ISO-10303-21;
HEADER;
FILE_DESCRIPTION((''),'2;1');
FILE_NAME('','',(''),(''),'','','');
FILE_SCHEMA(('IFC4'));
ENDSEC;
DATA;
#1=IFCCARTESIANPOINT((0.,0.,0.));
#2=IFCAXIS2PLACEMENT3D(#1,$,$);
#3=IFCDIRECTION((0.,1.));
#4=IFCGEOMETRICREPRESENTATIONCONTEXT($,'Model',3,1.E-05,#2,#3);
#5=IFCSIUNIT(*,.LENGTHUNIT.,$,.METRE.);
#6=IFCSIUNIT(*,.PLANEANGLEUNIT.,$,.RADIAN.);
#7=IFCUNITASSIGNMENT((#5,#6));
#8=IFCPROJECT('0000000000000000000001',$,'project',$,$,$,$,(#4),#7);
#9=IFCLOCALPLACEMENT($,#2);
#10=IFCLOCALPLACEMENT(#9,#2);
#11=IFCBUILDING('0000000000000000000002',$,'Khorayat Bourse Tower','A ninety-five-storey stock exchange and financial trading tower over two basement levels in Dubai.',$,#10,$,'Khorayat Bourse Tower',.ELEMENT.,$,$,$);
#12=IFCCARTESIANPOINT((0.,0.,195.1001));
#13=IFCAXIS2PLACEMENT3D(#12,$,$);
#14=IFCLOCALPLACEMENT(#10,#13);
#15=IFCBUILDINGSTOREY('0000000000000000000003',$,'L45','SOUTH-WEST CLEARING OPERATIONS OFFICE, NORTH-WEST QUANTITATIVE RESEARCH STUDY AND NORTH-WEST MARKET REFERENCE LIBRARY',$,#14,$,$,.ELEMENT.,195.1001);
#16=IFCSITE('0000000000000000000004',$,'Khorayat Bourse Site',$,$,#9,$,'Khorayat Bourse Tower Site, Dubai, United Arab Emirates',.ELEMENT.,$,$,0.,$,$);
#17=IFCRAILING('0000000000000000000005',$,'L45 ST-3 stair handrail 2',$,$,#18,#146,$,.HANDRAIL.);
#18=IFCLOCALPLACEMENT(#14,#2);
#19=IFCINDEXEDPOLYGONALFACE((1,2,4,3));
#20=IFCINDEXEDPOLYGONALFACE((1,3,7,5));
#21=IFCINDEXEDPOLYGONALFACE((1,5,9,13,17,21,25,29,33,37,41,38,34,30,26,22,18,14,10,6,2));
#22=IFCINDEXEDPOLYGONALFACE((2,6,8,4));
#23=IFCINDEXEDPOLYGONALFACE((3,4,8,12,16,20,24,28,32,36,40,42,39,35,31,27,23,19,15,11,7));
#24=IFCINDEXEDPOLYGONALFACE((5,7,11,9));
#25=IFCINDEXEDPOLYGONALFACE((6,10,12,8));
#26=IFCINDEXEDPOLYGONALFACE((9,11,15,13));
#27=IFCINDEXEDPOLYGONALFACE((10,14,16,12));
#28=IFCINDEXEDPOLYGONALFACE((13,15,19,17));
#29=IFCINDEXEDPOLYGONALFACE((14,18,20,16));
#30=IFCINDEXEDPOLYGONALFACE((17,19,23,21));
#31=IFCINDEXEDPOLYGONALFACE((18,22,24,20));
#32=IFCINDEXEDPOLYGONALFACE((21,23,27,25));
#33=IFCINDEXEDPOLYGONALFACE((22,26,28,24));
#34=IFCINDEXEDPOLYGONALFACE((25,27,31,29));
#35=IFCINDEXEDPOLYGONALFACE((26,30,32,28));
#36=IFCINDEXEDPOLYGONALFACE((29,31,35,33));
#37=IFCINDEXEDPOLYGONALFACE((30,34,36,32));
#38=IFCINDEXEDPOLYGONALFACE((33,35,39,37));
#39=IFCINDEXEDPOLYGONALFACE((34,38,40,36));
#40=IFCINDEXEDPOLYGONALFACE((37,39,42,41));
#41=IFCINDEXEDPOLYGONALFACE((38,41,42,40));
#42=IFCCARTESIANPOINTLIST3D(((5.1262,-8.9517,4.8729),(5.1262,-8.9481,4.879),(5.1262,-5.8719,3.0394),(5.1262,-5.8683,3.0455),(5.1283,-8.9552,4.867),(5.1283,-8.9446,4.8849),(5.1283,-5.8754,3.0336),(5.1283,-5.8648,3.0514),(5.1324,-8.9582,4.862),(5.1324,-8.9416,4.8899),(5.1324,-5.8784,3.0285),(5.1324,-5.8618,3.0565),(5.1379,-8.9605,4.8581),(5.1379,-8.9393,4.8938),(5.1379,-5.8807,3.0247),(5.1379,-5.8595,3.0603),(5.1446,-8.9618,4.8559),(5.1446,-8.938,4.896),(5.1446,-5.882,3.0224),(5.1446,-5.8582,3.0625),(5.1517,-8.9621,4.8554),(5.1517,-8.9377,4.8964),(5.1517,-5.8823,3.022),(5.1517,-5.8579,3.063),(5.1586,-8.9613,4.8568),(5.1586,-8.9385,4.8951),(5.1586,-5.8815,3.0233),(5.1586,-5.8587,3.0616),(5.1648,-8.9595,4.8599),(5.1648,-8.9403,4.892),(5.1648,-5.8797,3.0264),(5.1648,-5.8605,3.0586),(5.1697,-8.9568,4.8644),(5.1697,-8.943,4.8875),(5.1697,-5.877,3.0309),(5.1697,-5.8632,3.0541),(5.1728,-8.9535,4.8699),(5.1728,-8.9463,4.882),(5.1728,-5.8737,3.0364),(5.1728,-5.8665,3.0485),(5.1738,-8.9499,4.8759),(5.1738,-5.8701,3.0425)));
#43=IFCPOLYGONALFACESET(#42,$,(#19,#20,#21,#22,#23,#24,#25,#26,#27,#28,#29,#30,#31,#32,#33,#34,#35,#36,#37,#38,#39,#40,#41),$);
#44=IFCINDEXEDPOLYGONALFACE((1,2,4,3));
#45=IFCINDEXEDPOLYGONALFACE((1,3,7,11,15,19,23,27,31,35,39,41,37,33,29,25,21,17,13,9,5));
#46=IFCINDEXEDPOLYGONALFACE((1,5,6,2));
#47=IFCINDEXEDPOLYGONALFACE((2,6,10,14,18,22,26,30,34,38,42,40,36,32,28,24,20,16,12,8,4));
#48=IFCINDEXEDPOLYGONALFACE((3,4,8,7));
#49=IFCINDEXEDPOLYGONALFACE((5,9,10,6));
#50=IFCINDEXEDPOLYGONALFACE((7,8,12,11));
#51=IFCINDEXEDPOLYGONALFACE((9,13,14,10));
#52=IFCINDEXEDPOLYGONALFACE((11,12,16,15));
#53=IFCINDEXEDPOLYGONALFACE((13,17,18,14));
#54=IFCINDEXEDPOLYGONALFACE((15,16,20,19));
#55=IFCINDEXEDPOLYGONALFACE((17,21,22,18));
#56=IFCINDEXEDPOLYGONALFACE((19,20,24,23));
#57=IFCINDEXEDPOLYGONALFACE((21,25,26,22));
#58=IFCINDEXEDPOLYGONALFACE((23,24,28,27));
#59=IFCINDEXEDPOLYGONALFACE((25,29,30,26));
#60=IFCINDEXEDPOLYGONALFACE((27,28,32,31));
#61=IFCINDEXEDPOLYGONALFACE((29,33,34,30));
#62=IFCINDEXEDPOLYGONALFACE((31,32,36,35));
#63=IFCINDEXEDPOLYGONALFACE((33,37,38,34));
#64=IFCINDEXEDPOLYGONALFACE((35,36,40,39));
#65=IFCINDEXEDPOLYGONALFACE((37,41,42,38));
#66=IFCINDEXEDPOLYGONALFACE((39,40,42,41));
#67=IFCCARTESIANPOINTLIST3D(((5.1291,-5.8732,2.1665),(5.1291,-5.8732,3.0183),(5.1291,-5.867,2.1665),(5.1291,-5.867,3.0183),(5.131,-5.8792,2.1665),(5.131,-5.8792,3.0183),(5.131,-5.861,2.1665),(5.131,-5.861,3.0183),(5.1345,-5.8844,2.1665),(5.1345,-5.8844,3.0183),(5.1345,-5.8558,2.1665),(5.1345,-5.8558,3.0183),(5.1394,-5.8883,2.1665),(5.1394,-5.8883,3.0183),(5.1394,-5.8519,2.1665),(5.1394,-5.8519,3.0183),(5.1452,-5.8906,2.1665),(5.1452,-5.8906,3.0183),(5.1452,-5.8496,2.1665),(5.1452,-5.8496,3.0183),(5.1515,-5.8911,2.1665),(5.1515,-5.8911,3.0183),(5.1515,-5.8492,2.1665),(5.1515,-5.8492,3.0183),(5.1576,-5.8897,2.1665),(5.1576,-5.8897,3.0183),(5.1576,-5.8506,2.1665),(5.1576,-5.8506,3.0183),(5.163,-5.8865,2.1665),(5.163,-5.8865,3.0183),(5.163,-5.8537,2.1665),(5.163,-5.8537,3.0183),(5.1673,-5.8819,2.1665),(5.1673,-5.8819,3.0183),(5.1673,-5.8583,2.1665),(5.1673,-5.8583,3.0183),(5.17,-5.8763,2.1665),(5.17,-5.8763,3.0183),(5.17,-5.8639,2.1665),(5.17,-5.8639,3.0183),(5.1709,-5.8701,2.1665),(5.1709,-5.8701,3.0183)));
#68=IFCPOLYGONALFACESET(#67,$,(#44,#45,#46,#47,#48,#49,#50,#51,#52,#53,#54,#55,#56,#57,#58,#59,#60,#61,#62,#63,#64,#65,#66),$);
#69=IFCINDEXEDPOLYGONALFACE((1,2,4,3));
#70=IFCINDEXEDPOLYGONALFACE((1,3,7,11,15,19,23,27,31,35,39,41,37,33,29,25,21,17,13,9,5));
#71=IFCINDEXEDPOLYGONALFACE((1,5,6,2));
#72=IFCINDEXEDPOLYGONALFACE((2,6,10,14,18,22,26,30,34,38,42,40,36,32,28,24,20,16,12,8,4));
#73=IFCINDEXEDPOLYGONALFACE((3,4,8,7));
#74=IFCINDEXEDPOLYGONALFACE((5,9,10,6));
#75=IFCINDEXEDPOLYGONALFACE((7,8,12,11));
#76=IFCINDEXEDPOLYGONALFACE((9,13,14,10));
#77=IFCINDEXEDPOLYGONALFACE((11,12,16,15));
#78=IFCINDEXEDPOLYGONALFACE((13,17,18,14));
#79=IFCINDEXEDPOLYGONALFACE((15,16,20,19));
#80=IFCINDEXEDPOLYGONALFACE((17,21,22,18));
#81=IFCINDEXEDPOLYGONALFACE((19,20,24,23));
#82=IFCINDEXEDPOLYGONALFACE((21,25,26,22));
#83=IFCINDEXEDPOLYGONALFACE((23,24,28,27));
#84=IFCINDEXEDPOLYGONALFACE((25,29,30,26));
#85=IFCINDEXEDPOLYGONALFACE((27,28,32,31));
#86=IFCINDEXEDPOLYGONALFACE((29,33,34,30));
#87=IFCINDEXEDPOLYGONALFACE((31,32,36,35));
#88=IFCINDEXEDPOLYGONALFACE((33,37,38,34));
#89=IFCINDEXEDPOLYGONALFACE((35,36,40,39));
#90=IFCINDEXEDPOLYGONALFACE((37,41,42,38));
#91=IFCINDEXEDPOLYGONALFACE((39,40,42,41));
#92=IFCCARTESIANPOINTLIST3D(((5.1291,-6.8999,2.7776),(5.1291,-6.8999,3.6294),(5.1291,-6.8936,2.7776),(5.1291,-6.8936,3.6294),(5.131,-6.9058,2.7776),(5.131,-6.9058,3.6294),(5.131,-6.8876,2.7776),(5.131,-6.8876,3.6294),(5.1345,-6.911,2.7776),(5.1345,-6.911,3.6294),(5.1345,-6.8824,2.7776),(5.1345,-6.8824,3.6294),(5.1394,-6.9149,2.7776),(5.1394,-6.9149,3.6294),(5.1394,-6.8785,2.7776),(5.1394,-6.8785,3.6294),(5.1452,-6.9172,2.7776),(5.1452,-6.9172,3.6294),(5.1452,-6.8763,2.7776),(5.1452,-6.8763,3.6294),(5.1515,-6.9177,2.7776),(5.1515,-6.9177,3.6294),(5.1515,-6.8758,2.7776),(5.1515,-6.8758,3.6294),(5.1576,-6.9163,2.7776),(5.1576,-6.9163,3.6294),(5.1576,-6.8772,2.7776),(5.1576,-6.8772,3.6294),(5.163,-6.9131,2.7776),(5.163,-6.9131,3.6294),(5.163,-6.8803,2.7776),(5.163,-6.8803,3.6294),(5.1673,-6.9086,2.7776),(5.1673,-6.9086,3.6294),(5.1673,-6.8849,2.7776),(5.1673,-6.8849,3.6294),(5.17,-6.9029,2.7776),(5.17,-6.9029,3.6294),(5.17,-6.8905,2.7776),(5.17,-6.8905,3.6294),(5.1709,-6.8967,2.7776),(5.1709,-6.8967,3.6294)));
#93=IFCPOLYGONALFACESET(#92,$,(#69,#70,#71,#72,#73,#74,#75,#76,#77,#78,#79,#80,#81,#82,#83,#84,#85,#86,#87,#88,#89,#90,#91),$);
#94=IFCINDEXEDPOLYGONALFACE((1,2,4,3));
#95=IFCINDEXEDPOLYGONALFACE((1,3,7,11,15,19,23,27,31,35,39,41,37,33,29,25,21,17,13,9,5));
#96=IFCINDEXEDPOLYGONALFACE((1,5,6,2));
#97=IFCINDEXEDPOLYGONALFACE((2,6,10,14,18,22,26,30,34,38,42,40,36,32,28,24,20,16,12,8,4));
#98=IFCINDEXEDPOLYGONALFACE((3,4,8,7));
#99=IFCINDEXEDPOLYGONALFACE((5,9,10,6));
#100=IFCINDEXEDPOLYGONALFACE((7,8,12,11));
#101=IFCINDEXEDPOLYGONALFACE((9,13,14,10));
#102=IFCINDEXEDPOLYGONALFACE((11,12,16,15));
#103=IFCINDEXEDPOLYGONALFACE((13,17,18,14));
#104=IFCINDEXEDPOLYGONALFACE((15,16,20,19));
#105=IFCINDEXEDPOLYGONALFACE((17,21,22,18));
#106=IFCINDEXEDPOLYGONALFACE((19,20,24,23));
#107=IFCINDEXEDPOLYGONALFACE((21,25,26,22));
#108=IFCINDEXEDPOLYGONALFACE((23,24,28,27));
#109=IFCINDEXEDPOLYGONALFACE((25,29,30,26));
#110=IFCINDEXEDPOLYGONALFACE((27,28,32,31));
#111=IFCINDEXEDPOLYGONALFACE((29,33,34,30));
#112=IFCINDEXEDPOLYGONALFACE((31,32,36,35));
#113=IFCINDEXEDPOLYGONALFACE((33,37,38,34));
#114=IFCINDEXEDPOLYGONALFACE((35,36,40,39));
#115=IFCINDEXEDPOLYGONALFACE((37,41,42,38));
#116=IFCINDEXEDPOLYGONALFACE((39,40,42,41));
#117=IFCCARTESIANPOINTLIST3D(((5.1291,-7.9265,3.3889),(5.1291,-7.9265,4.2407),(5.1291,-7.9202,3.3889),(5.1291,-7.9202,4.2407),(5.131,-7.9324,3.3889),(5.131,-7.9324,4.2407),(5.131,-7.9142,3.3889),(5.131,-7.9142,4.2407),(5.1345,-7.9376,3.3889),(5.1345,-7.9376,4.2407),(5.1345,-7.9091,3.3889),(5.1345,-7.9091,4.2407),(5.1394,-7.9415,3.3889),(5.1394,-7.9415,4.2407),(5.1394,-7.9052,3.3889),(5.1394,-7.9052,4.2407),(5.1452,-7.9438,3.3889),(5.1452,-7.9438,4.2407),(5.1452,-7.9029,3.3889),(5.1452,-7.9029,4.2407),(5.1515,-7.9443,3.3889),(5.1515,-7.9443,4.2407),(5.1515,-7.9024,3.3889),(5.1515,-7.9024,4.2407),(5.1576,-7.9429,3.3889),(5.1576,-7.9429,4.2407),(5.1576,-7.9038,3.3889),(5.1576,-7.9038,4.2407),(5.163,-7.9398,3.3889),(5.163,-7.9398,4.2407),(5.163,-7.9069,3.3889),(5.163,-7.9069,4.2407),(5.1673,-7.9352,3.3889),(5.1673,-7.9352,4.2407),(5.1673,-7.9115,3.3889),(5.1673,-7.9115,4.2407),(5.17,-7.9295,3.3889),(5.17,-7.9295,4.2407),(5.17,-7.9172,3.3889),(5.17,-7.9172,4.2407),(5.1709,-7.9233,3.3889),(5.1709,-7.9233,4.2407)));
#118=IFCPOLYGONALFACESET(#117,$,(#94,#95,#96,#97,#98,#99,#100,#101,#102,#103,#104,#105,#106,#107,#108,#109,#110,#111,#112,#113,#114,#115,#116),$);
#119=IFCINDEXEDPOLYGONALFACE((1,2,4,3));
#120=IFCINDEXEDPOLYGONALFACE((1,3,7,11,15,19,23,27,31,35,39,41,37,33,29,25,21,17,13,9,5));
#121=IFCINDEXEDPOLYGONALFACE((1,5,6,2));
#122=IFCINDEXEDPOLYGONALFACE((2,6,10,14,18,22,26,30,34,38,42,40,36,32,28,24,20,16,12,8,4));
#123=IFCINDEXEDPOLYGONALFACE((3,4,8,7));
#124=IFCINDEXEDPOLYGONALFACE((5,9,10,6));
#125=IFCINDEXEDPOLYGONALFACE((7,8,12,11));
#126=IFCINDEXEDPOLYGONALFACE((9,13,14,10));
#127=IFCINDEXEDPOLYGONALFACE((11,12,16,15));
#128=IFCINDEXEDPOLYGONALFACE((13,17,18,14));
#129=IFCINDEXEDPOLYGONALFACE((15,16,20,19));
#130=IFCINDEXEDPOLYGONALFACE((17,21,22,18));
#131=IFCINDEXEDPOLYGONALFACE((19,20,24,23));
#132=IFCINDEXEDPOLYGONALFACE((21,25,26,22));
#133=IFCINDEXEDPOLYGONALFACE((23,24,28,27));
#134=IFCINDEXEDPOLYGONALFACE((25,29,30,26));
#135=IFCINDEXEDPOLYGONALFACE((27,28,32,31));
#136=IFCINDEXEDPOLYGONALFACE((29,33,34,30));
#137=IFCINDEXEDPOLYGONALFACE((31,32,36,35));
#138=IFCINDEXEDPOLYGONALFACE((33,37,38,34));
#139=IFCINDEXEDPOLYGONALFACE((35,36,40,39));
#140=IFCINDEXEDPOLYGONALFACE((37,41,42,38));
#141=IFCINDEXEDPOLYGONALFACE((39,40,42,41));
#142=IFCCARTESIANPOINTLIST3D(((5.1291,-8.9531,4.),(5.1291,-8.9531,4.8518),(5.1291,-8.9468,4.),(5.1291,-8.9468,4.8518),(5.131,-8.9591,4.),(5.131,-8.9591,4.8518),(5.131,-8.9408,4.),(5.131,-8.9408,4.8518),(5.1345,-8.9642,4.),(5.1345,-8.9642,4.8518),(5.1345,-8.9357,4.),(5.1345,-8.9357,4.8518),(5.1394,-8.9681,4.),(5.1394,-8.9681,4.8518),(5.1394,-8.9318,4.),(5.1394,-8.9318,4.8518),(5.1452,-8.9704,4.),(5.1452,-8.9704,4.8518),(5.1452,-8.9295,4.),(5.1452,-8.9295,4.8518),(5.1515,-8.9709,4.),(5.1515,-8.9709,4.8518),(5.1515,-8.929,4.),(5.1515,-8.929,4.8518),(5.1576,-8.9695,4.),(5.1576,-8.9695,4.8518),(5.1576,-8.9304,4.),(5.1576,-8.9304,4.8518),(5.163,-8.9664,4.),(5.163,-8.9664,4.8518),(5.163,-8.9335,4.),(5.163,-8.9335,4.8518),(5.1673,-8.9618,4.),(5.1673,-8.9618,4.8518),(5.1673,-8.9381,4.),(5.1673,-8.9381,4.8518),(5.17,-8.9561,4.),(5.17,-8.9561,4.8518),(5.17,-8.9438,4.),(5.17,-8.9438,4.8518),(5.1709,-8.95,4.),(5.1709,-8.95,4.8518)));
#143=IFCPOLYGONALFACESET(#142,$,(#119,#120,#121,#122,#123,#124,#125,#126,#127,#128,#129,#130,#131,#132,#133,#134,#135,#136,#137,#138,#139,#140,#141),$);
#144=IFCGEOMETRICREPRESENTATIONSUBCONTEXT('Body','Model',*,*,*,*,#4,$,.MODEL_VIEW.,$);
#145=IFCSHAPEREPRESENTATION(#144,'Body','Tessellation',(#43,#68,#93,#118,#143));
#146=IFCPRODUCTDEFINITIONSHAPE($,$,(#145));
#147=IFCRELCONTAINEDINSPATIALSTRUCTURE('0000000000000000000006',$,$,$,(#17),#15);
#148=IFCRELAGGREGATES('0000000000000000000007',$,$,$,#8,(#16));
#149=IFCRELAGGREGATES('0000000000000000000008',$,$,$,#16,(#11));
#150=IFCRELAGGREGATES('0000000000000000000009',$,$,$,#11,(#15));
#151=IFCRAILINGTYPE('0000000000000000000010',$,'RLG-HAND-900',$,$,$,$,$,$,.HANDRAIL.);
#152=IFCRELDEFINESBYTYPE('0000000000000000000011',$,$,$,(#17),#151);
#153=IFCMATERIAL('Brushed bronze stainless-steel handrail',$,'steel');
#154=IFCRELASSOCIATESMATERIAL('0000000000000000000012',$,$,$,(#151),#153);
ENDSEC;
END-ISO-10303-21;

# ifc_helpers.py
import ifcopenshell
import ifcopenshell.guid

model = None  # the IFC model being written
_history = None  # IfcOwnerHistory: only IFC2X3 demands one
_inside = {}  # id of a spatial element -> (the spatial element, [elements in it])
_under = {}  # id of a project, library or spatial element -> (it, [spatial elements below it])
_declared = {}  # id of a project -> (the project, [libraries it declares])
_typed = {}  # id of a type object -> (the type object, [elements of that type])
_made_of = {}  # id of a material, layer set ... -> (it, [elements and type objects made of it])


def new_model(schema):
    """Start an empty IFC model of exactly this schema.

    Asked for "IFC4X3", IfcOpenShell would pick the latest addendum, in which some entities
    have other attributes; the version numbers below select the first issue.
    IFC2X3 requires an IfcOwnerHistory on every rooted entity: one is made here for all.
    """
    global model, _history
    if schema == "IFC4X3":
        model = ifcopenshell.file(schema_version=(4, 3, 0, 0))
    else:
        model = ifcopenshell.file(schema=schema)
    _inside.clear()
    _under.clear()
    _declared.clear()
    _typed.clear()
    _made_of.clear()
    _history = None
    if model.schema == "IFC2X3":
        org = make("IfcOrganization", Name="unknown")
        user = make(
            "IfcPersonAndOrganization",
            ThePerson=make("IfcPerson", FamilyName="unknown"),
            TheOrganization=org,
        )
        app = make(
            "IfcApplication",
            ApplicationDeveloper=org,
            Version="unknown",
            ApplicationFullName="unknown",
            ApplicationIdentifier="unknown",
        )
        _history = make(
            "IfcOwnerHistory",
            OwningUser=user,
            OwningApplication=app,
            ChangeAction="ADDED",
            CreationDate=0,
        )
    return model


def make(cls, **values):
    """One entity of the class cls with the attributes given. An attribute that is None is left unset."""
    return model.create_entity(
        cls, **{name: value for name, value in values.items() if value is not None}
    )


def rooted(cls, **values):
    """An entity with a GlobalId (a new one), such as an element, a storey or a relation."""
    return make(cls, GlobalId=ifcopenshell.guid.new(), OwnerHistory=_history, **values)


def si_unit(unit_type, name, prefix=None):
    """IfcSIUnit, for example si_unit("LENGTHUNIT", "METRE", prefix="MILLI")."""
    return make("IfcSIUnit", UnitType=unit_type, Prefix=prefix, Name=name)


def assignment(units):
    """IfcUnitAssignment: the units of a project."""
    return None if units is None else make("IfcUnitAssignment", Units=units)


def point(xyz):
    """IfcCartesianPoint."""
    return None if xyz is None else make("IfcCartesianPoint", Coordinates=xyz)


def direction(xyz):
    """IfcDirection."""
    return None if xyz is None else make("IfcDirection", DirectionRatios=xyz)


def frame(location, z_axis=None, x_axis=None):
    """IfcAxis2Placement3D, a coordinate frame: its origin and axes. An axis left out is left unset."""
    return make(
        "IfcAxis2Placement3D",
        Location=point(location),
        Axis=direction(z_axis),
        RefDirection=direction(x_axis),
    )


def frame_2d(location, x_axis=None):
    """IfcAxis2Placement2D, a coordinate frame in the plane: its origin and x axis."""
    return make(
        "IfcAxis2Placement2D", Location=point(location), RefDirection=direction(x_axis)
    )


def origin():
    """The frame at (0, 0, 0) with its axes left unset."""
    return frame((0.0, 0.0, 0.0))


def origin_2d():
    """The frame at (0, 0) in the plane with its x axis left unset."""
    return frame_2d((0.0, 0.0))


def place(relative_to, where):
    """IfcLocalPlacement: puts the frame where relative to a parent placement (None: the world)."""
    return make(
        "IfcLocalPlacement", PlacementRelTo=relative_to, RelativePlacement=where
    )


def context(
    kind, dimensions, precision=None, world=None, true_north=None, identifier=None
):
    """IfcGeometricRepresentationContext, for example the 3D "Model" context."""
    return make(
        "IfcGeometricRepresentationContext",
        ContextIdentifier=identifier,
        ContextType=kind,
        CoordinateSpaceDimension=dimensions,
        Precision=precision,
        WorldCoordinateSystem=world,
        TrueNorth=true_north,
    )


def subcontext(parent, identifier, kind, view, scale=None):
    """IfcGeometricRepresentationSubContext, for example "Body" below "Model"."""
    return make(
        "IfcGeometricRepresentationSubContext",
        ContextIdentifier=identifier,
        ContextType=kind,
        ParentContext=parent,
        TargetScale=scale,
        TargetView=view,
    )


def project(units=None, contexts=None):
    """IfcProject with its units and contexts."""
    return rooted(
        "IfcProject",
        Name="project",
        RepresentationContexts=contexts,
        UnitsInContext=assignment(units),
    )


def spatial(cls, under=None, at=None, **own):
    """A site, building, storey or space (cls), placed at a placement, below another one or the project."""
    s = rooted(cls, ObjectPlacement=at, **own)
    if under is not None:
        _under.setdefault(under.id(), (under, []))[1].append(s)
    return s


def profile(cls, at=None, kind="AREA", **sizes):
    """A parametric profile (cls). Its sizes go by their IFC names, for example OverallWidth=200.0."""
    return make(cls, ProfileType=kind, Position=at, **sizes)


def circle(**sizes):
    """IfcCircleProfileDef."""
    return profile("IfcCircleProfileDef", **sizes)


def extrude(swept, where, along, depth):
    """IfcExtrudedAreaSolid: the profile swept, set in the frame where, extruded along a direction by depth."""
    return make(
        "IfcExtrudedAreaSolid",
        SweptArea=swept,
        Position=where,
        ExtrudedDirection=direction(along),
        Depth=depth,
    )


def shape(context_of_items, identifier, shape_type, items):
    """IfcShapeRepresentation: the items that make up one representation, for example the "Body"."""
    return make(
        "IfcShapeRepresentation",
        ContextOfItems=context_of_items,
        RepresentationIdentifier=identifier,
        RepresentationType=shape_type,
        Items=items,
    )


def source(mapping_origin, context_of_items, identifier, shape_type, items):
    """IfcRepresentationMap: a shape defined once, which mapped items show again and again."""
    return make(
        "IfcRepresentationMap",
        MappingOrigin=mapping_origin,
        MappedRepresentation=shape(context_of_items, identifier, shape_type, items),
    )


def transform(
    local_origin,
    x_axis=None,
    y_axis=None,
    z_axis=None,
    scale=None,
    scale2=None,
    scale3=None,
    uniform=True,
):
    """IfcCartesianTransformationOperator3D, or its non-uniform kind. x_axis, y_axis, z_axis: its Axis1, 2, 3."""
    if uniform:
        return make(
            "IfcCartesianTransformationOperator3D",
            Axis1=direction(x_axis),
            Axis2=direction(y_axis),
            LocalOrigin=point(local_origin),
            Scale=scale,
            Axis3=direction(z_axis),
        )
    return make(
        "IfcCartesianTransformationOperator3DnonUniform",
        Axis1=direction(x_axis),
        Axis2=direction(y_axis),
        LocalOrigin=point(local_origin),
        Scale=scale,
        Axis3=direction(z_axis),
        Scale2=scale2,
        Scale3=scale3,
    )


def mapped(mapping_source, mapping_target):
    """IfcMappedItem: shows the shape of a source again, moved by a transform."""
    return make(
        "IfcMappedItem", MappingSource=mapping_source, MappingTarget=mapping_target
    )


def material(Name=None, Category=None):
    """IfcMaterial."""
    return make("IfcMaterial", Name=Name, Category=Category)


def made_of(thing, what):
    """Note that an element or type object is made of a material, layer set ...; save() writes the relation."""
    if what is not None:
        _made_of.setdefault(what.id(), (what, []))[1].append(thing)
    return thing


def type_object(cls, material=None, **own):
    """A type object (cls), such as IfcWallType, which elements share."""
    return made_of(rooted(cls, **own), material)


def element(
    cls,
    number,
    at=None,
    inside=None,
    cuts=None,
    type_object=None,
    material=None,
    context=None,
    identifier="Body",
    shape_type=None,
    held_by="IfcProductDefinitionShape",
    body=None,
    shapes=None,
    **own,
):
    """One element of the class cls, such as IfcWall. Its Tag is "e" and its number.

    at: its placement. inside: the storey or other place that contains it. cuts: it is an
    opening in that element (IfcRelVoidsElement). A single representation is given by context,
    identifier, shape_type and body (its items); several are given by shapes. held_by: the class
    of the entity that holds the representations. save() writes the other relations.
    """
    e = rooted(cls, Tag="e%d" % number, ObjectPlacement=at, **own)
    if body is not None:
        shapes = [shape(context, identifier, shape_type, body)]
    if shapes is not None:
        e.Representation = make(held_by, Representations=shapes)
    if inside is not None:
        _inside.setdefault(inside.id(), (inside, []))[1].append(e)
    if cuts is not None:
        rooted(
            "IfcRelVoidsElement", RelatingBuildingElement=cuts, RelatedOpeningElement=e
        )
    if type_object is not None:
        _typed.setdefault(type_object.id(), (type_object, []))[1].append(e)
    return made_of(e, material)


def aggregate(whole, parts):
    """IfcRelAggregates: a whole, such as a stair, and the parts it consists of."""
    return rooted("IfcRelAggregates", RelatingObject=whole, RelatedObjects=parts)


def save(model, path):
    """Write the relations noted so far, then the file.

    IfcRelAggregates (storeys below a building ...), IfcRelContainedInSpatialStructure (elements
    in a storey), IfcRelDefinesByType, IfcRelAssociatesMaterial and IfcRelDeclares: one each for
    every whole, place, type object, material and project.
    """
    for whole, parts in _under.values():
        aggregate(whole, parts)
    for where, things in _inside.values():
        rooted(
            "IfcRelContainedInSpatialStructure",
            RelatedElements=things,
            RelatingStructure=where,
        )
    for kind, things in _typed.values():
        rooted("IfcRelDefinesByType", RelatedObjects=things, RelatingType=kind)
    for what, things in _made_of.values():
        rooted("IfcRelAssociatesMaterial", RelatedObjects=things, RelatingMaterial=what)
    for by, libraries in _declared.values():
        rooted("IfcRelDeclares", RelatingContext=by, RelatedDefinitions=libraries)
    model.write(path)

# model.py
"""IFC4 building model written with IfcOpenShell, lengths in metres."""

from ifc_helpers import new_model, si_unit, direction, frame, origin, origin_2d, place, context, subcontext, project, spatial, circle, extrude, source, transform, mapped, material, type_object, element, save


model = new_model("IFC4")

# Units and contexts
model_context = context("Model", 3, precision=1e-05, world=origin(), true_north=direction((0.0, 1.0)))
body_context = subcontext(model_context, "Body", "Model", "MODEL_VIEW")
ifc_project = project(units=[si_unit("LENGTHUNIT", "METRE"), si_unit("PLANEANGLEUNIT", "RADIAN")], contexts=[model_context])

# Site, building, storey
site_placement = place(None, origin())
site = spatial("IfcSite", under=ifc_project, at=site_placement, Name="Khorayat Bourse Site", LongName="Khorayat Bourse Tower Site, Dubai, United Arab Emirates", CompositionType="ELEMENT", RefElevation=0.0)
building_placement = place(site_placement, origin())
building = spatial("IfcBuilding", under=site, at=building_placement, Name="Khorayat Bourse Tower", Description="A ninety-five-storey stock exchange and financial trading tower over two basement levels in Dubai.", LongName="Khorayat Bourse Tower", CompositionType="ELEMENT")
storey_placement = place(building_placement, frame((0.0, 0.0, 195.1001)))
storey = spatial("IfcBuildingStorey", under=building, at=storey_placement, Name="L45", Description="SOUTH-WEST CLEARING OPERATIONS OFFICE, NORTH-WEST QUANTITATIVE RESEARCH STUDY AND NORTH-WEST MARKET REFERENCE LIBRARY", CompositionType="ELEMENT", Elevation=195.1001)

# Railing
ifc_material_1 = material(Name="Brushed bronze stainless-steel handrail", Category="steel")
railing_type = type_object("IfcRailingType", Name="RLG-HAND-900", PredefinedType="HANDRAIL", material=ifc_material_1)
shared_shape_1 = source(origin(), body_context, "Body", "SweptSolid", [
    extrude(circle(Radius=0.0239, at=origin_2d()), frame((0.0, 0.0, 0.876), z_axis=(0.0, -0.859261, 0.511538), x_axis=(1.0, 0.0, 0.0)), (0.0, 0.0, 1.0), 3.5842),
    extrude(circle(Radius=0.021, at=origin_2d()), origin(), (0.0, 0.0, 1.0), 0.8518),
    extrude(circle(Radius=0.021, at=origin_2d()), frame((0.0, -1.0266, 0.6111)), (0.0, 0.0, 1.0), 0.8518),
    extrude(circle(Radius=0.021, at=origin_2d()), frame((0.0, -2.0532, 1.2224)), (0.0, 0.0, 1.0), 0.8518),
    extrude(circle(Radius=0.021, at=origin_2d()), frame((0.0, -3.0798, 1.8335)), (0.0, 0.0, 1.0), 0.8518),
])
railing_placement = place(storey_placement, frame((5.1499, -5.8701, 2.1665)))
element("IfcRailing", 1, at=railing_placement, inside=storey, type_object=railing_type, Name="L45 ST-3 stair handrail 2", PredefinedType="HANDRAIL", context=body_context, shape_type="MappedRepresentation", body=[
    mapped(shared_shape_1, transform((0.0, 0.0, 0.0), scale=1.0)),
])

save(model, "model.ifc")
